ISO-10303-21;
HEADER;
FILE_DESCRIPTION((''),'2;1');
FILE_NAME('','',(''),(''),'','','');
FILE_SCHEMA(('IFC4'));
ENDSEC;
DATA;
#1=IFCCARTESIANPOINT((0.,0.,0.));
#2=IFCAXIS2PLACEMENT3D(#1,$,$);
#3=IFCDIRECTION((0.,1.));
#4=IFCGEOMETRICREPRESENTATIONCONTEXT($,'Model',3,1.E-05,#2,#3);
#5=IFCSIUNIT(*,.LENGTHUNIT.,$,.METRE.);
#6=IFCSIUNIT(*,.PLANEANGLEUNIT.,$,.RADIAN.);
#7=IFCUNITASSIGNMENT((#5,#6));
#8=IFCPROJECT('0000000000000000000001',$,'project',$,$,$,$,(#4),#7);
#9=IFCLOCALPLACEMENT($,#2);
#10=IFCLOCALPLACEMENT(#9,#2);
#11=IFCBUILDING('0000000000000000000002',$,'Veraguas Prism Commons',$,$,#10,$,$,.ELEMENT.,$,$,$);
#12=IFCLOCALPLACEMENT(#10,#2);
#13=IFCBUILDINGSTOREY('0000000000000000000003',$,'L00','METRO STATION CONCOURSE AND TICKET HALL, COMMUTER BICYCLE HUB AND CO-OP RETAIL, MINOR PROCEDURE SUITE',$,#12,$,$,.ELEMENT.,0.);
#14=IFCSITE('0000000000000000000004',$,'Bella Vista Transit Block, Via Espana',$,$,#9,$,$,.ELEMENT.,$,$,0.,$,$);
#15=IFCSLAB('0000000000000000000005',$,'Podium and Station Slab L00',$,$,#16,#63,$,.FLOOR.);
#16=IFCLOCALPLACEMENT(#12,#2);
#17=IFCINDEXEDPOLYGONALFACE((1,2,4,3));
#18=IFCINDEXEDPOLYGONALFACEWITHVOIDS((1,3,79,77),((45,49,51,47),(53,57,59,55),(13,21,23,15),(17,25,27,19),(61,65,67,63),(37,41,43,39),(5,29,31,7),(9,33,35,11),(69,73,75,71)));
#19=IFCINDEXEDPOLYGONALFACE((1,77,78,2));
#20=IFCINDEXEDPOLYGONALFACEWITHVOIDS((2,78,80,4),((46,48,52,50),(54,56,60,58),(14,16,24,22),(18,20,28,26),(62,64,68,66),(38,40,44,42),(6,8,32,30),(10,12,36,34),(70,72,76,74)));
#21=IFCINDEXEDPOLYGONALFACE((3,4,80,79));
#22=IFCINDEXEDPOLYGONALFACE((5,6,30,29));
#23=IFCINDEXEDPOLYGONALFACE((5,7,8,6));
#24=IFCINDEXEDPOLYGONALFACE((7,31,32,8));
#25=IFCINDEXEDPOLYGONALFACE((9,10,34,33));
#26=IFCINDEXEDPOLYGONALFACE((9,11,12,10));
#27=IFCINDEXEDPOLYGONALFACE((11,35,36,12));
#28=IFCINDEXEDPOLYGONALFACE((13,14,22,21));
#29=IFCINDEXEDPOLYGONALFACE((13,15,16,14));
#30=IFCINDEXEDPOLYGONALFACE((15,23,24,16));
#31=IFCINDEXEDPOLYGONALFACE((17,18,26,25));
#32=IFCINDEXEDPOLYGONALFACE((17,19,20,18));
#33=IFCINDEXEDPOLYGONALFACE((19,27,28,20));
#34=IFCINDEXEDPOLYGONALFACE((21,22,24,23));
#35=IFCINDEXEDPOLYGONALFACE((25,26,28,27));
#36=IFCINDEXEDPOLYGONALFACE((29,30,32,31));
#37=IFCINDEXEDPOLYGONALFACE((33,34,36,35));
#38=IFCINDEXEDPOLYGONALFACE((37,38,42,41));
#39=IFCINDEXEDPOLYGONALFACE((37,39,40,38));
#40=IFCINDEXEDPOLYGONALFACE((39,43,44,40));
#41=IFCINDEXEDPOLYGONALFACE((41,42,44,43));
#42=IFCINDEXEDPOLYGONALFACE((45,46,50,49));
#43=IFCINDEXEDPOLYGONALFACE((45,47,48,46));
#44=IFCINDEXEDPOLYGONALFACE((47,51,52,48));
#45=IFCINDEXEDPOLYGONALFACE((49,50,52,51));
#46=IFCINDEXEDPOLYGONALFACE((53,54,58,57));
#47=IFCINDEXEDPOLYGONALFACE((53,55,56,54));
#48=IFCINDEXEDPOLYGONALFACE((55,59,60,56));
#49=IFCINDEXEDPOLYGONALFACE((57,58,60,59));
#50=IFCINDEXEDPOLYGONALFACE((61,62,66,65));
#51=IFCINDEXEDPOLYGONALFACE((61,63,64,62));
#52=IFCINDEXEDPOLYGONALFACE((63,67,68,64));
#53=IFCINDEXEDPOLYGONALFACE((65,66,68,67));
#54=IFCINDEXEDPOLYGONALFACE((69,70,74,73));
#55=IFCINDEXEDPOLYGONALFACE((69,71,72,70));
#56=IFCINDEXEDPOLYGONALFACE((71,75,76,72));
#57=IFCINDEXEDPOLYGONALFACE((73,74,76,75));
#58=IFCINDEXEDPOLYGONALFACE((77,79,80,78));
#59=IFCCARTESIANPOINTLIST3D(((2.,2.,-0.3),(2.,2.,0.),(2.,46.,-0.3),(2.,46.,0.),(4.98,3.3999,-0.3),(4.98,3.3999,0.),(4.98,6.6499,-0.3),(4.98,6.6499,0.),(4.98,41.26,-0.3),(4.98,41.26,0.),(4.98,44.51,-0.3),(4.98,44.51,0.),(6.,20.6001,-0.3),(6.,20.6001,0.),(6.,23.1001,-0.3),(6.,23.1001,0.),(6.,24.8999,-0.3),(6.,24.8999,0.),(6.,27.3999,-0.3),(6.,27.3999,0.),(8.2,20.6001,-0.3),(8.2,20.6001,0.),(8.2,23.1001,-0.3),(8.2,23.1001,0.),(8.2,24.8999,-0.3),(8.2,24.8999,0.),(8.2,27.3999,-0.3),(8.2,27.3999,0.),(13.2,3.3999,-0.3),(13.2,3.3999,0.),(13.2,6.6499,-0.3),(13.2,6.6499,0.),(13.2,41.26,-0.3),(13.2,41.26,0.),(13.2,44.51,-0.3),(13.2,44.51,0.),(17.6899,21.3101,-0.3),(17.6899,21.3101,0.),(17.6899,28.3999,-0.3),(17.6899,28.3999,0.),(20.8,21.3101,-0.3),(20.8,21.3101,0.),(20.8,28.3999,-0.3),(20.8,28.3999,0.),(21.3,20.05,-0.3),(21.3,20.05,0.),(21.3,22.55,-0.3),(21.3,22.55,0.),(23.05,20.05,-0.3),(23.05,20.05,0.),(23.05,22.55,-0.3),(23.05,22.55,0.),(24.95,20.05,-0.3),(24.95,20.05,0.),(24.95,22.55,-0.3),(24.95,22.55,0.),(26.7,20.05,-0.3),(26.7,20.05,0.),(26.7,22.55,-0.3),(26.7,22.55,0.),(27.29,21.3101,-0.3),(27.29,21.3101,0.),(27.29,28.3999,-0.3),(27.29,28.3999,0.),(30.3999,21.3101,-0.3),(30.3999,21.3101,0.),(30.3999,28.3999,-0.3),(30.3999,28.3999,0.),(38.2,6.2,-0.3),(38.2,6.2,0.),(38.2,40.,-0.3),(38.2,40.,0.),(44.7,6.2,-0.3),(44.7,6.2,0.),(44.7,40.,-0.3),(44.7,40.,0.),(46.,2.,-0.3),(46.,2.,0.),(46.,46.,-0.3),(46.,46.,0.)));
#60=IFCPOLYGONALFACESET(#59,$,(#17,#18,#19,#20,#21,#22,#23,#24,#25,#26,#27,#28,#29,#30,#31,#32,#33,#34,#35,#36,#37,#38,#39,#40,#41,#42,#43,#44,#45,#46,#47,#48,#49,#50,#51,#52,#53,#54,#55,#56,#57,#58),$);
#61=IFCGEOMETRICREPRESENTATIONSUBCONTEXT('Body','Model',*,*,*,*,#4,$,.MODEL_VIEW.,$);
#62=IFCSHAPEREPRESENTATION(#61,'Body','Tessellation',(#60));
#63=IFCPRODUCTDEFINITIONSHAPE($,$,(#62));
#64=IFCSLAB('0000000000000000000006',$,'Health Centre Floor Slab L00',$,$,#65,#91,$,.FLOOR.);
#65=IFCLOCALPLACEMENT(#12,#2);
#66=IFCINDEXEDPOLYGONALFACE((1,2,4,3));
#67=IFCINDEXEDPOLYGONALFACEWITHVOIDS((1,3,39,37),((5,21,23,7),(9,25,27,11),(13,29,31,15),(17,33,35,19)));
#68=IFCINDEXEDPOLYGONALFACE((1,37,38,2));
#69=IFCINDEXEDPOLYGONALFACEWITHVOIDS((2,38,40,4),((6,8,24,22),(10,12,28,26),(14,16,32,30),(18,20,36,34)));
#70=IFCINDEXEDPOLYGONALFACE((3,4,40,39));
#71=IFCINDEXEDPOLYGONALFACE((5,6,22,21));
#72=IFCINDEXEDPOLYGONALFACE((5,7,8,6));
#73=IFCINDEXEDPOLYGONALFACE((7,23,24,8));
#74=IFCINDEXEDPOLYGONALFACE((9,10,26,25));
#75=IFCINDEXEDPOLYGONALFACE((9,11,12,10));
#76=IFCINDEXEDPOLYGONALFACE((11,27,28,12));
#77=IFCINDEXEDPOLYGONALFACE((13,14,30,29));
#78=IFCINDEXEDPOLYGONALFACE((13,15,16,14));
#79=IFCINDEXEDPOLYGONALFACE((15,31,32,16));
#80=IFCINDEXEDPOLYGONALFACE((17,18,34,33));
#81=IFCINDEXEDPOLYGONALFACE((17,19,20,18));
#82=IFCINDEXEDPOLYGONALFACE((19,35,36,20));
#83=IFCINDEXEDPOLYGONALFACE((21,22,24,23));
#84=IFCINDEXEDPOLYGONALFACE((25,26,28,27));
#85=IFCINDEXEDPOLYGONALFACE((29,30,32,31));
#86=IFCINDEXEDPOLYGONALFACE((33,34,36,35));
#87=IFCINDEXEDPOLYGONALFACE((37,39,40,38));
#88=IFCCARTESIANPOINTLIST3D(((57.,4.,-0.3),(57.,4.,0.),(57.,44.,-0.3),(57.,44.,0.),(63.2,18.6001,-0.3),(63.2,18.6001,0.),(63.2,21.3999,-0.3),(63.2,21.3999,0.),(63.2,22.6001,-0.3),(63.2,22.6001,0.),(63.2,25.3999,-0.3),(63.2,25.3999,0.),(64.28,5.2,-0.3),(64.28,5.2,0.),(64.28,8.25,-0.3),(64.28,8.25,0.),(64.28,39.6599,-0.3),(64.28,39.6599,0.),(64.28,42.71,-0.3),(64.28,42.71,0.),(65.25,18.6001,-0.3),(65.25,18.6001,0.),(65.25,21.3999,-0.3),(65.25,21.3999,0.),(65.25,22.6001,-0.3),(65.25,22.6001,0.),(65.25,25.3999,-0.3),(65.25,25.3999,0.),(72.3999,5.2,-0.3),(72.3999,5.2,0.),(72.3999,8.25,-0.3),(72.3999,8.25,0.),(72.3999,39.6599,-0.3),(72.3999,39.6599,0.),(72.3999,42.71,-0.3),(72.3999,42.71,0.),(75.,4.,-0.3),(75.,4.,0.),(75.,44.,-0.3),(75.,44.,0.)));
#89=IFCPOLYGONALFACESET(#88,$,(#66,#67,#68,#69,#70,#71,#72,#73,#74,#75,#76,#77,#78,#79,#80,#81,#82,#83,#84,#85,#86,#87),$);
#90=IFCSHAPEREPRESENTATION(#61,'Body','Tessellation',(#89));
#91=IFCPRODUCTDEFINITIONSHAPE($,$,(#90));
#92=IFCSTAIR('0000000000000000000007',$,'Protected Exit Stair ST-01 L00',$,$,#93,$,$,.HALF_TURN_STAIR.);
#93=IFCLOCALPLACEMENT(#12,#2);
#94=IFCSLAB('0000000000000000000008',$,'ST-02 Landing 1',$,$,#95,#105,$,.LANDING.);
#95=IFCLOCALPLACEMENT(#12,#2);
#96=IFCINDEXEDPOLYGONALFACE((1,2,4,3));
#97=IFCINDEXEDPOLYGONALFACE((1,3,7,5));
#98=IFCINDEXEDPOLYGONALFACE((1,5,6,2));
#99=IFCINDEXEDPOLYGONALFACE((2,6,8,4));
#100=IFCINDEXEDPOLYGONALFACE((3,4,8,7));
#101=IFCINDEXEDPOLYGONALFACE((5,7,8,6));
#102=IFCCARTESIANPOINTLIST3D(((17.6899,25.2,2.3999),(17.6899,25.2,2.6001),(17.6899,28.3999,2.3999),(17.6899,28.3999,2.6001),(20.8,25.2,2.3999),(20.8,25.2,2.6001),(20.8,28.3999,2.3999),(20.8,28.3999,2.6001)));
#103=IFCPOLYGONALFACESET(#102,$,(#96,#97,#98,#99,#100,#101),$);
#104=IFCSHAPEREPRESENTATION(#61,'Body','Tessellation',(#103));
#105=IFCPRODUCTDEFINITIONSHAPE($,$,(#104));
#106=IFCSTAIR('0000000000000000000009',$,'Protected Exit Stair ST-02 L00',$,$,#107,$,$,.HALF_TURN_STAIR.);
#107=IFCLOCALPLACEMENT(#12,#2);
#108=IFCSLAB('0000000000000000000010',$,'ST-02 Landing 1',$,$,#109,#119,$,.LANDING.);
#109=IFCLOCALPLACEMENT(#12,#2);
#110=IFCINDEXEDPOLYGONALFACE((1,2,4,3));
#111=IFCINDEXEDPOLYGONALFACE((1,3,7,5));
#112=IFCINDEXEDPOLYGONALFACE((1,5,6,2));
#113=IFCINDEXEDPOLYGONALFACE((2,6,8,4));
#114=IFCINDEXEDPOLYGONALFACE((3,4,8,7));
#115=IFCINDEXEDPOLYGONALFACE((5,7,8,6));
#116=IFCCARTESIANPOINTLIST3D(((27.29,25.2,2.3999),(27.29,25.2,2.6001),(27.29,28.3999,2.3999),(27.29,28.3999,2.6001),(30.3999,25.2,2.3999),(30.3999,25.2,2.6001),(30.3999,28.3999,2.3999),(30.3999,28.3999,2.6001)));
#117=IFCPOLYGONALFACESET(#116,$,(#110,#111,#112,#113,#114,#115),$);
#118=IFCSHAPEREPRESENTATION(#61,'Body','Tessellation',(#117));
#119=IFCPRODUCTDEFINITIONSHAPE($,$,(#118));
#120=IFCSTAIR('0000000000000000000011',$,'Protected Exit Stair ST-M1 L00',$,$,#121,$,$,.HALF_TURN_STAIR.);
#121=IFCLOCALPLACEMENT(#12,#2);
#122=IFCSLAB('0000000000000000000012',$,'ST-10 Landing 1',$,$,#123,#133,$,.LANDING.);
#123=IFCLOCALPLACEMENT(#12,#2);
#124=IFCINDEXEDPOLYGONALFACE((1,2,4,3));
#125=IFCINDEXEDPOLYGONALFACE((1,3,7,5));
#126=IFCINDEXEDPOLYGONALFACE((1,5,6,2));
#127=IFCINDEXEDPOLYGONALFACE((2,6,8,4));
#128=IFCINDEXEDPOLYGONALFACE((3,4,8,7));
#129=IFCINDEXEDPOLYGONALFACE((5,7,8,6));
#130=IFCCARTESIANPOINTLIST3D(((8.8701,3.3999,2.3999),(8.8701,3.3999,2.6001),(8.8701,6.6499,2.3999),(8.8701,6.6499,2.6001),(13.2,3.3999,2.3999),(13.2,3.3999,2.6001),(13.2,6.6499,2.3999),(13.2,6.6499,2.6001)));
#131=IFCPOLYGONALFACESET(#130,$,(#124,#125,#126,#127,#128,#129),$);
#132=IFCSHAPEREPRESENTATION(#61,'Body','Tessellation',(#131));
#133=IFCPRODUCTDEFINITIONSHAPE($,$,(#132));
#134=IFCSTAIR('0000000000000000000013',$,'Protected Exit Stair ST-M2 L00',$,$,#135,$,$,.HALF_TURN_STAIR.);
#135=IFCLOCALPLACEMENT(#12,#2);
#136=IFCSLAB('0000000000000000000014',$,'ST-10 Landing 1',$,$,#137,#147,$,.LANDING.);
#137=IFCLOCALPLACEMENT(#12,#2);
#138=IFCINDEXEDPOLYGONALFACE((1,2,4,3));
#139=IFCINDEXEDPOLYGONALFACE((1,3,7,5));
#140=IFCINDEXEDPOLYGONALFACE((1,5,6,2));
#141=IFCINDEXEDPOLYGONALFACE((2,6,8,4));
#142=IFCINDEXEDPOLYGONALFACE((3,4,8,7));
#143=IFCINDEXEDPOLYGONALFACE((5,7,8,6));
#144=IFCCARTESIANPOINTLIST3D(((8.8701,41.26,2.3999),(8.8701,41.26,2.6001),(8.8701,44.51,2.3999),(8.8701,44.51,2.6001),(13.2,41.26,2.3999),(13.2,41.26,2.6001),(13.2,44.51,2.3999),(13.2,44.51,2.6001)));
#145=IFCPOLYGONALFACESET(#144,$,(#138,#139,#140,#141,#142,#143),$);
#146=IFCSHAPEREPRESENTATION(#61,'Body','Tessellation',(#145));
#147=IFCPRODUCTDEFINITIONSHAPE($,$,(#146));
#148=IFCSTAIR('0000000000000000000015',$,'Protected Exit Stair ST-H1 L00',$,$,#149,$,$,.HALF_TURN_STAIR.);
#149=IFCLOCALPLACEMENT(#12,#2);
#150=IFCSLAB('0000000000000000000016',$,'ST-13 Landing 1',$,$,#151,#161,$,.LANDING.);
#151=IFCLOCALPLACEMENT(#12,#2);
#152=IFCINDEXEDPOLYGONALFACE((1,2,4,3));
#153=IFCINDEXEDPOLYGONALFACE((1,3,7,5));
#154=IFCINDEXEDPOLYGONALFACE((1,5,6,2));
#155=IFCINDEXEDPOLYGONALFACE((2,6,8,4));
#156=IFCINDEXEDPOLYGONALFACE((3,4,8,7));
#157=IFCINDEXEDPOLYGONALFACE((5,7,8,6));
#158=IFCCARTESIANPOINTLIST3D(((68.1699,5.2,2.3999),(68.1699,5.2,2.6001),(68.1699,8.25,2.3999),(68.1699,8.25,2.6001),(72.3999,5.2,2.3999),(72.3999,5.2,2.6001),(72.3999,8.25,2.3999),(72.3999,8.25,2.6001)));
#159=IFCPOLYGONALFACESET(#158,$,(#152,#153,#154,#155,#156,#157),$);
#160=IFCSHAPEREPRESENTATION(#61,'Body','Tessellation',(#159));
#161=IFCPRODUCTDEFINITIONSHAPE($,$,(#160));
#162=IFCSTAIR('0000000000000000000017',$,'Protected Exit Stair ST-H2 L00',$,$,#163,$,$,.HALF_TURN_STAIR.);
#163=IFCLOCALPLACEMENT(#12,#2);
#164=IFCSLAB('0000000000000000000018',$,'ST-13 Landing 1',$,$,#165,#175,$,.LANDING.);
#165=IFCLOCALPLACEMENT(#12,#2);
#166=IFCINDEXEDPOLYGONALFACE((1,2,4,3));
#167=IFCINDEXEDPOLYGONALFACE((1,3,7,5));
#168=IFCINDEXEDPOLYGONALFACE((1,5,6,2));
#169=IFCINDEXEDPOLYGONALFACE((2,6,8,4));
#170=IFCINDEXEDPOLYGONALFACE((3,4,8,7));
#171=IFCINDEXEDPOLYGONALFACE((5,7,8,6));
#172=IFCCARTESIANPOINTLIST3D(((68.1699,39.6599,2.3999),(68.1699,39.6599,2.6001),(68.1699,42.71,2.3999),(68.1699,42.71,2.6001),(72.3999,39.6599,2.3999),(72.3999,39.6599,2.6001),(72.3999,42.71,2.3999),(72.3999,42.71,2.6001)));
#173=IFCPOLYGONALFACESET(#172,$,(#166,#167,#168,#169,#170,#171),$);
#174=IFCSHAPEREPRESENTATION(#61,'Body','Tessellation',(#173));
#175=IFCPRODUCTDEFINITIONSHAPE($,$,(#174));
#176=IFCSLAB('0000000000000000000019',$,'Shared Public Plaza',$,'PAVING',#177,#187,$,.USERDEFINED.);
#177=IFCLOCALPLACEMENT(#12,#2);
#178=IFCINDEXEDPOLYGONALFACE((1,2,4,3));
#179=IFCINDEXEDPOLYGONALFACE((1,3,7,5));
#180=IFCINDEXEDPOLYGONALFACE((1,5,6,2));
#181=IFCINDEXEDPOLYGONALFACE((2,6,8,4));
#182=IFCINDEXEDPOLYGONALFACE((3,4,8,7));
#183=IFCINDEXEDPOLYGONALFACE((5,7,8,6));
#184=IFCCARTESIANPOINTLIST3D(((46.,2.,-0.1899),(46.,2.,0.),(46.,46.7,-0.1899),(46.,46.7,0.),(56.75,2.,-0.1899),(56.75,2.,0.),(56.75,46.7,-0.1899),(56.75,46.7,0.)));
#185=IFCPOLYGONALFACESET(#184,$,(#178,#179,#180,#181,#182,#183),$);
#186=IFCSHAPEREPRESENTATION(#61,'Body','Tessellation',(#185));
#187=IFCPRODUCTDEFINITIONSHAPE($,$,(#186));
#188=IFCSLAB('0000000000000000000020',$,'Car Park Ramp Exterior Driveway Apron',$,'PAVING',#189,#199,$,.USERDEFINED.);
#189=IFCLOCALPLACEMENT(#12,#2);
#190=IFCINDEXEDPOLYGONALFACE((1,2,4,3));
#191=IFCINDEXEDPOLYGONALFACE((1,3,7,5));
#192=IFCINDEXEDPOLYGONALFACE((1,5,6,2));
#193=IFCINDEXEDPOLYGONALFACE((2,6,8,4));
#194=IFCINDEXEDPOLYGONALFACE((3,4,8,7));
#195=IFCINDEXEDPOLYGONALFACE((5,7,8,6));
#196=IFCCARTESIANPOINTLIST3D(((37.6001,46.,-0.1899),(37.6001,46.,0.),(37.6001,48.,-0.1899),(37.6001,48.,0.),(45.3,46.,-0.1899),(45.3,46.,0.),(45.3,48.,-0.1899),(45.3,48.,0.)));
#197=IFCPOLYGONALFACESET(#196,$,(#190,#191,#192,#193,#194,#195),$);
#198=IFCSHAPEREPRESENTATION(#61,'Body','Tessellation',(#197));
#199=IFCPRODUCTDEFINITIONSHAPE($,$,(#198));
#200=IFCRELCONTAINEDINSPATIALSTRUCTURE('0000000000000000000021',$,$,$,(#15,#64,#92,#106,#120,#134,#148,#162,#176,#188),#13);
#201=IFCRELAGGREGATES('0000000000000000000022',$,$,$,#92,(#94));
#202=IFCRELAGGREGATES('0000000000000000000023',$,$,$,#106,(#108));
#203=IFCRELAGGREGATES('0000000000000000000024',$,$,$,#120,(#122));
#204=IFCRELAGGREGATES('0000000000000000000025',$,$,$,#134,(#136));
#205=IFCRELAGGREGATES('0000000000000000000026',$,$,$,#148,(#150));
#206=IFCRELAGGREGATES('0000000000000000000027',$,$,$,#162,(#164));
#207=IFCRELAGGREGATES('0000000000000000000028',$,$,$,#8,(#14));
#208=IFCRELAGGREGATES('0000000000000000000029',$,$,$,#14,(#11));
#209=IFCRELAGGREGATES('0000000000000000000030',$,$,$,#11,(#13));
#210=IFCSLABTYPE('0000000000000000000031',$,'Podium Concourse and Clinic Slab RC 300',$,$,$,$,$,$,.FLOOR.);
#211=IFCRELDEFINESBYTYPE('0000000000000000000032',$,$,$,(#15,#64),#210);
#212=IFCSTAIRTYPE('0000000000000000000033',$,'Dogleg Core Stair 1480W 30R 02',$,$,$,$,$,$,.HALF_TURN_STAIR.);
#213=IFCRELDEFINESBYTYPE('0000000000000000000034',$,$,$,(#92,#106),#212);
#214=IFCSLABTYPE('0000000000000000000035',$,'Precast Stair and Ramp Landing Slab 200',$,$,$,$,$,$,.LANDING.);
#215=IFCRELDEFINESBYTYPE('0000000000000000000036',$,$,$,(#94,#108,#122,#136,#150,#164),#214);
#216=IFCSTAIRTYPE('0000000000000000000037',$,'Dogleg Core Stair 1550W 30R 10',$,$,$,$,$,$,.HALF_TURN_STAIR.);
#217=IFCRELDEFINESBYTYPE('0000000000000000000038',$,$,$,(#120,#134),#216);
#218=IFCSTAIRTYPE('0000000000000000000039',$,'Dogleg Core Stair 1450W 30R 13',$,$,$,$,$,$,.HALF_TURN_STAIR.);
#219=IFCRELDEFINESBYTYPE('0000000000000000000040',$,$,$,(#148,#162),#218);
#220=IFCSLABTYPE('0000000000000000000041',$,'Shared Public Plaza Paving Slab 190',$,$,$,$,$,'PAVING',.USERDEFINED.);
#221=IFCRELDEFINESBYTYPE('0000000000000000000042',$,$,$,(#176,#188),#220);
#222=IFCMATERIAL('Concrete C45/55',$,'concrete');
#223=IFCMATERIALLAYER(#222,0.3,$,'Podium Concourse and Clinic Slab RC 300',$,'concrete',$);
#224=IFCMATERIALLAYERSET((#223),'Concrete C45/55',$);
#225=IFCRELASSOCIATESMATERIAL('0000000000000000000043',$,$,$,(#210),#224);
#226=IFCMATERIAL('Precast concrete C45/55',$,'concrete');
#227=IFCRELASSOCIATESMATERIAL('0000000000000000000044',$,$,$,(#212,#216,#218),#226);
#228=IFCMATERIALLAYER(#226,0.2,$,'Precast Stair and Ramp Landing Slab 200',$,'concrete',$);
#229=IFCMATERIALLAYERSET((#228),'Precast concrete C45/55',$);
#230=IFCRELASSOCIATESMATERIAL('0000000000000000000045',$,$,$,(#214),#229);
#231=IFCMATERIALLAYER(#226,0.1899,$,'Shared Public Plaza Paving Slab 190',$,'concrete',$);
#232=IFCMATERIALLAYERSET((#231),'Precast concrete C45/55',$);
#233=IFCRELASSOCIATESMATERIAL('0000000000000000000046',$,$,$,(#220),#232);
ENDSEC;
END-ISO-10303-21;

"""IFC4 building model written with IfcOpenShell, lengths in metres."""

from ifc_helpers import new_model, si_unit, direction, frame, origin, place, context, subcontext, project, spatial, polyline, outline, extrude, material, layer, layer_set, type_object, element, aggregate, save


model = new_model("IFC4")

# Units and contexts
model_context = context("Model", 3, precision=1e-05, world=origin(), true_north=direction((0.0, 1.0)))
body_context = subcontext(model_context, "Body", "Model", "MODEL_VIEW")
ifc_project = project(units=[si_unit("LENGTHUNIT", "METRE"), si_unit("PLANEANGLEUNIT", "RADIAN")], contexts=[model_context])

# Site, building, storey
site_placement = place(None, origin())
site = spatial("IfcSite", under=ifc_project, at=site_placement, Name="Bella Vista Transit Block, Via Espana", CompositionType="ELEMENT", RefElevation=0.0)
building_placement = place(site_placement, origin())
building = spatial("IfcBuilding", under=site, at=building_placement, Name="Veraguas Prism Commons", CompositionType="ELEMENT")
storey_placement = place(building_placement, origin())
storey = spatial("IfcBuildingStorey", under=building, at=storey_placement, Name="L00", Description="METRO STATION CONCOURSE AND TICKET HALL, COMMUTER BICYCLE HUB AND CO-OP RETAIL, MINOR PROCEDURE SUITE", CompositionType="ELEMENT", Elevation=0.0)

# Slabs
ifc_material_1 = material(Name="Concrete C45/55", Category="concrete")
ifc_layer_1 = layer(ifc_material_1, 0.3, Name="Podium Concourse and Clinic Slab RC 300", Category="concrete")
ifc_layer_set_1 = layer_set([ifc_layer_1], Name="Concrete C45/55")
slab_type_1 = type_object("IfcSlabType", Name="Podium Concourse and Clinic Slab RC 300", PredefinedType="FLOOR", material=ifc_layer_set_1)
slab_1_placement = place(storey_placement, frame((0.0, 0.0, -0.3)))
element("IfcSlab", 1, at=slab_1_placement, inside=storey, type_object=slab_type_1, Name="Podium and Station Slab L00", PredefinedType="FLOOR", context=body_context, shape_type="SweptSolid", body=[
    extrude(outline(polyline([(2.0, 2.0), (46.0, 2.0), (46.0, 46.0), (2.0, 46.0), (2.0, 2.0)]), holes=[polyline([(20.8, 21.3101), (20.8, 28.3999), (17.6899, 28.3999), (17.6899, 21.3101), (20.8, 21.3101)]), polyline([(30.3999, 21.3101), (30.3999, 28.3999), (27.29, 28.3999), (27.29, 21.3101), (30.3999, 21.3101)]), polyline([(4.98, 3.3999), (13.2, 3.3999), (13.2, 6.6499), (4.98, 6.6499), (4.98, 3.3999)]), polyline([(4.98, 41.26), (13.2, 41.26), (13.2, 44.51), (4.98, 44.51), (4.98, 41.26)]), polyline([(21.3, 20.05), (23.05, 20.05), (23.05, 22.55), (21.3, 22.55), (21.3, 20.05)]), polyline([(24.95, 20.05), (26.7, 20.05), (26.7, 22.55), (24.95, 22.55), (24.95, 20.05)]), polyline([(6.0, 20.6001), (8.2, 20.6001), (8.2, 23.1001), (6.0, 23.1001), (6.0, 20.6001)]), polyline([(6.0, 24.8999), (8.2, 24.8999), (8.2, 27.3999), (6.0, 27.3999), (6.0, 24.8999)]), polyline([(38.2, 6.2), (44.7, 6.2), (44.7, 40.0), (38.2, 40.0), (38.2, 6.2)])]), origin(), (0.0, 0.0, 1.0), 0.3),
])
slab_2_placement = place(storey_placement, frame((0.0, 0.0, -0.3)))
element("IfcSlab", 2, at=slab_2_placement, inside=storey, type_object=slab_type_1, Name="Health Centre Floor Slab L00", PredefinedType="FLOOR", context=body_context, shape_type="SweptSolid", body=[
    extrude(outline(polyline([(57.0, 4.0), (75.0, 4.0), (75.0, 44.0), (57.0, 44.0), (57.0, 4.0)]), holes=[polyline([(64.28, 5.2), (72.3999, 5.2), (72.3999, 8.25), (64.28, 8.25), (64.28, 5.2)]), polyline([(64.28, 39.6599), (72.3999, 39.6599), (72.3999, 42.71), (64.28, 42.71), (64.28, 39.6599)]), polyline([(63.2, 18.6001), (65.25, 18.6001), (65.25, 21.3999), (63.2, 21.3999), (63.2, 18.6001)]), polyline([(63.2, 22.6001), (65.25, 22.6001), (65.25, 25.3999), (63.2, 25.3999), (63.2, 22.6001)])]), origin(), (0.0, 0.0, 1.0), 0.3),
])

# Stairs, slabs
ifc_material_2 = material(Name="Precast concrete C45/55", Category="concrete")
stair_type_1 = type_object("IfcStairType", Name="Dogleg Core Stair 1480W 30R 02", PredefinedType="HALF_TURN_STAIR", material=ifc_material_2)
stair_1_placement = place(storey_placement, origin())
stair_1 = element("IfcStair", 3, at=stair_1_placement, inside=storey, type_object=stair_type_1, Name="Protected Exit Stair ST-01 L00", PredefinedType="HALF_TURN_STAIR")
ifc_layer_2 = layer(ifc_material_2, 0.2, Name="Precast Stair and Ramp Landing Slab 200", Category="concrete")
ifc_layer_set_2 = layer_set([ifc_layer_2], Name="Precast concrete C45/55")
slab_type_2 = type_object("IfcSlabType", Name="Precast Stair and Ramp Landing Slab 200", PredefinedType="LANDING", material=ifc_layer_set_2)
slab_3_placement = place(storey_placement, frame((0.0, 0.0, 2.3999)))
slab_3 = element("IfcSlab", 4, at=slab_3_placement, type_object=slab_type_2, Name="ST-02 Landing 1", PredefinedType="LANDING", context=body_context, shape_type="SweptSolid", body=[
    extrude(outline(polyline([(20.8, 25.2), (20.8, 28.3999), (17.6899, 28.3999), (17.6899, 25.2), (20.8, 25.2)])), origin(), (0.0, 0.0, 1.0), 0.2002),
])
aggregate(stair_1, [slab_3])
stair_2_placement = place(storey_placement, origin())
stair_2 = element("IfcStair", 5, at=stair_2_placement, inside=storey, type_object=stair_type_1, Name="Protected Exit Stair ST-02 L00", PredefinedType="HALF_TURN_STAIR")
slab_4_placement = place(storey_placement, frame((0.0, 0.0, 2.3999)))
slab_4 = element("IfcSlab", 6, at=slab_4_placement, type_object=slab_type_2, Name="ST-02 Landing 1", PredefinedType="LANDING", context=body_context, shape_type="SweptSolid", body=[
    extrude(outline(polyline([(30.3999, 25.2), (30.3999, 28.3999), (27.29, 28.3999), (27.29, 25.2), (30.3999, 25.2)])), origin(), (0.0, 0.0, 1.0), 0.2002),
])
aggregate(stair_2, [slab_4])
stair_type_2 = type_object("IfcStairType", Name="Dogleg Core Stair 1550W 30R 10", PredefinedType="HALF_TURN_STAIR", material=ifc_material_2)
stair_3_placement = place(storey_placement, origin())
stair_3 = element("IfcStair", 7, at=stair_3_placement, inside=storey, type_object=stair_type_2, Name="Protected Exit Stair ST-M1 L00", PredefinedType="HALF_TURN_STAIR")
slab_5_placement = place(storey_placement, frame((0.0, 0.0, 2.3999)))
slab_5 = element("IfcSlab", 8, at=slab_5_placement, type_object=slab_type_2, Name="ST-10 Landing 1", PredefinedType="LANDING", context=body_context, shape_type="SweptSolid", body=[
    extrude(outline(polyline([(8.8701, 3.3999), (13.2, 3.3999), (13.2, 6.6499), (8.8701, 6.6499), (8.8701, 3.3999)])), origin(), (0.0, 0.0, 1.0), 0.2002),
])
aggregate(stair_3, [slab_5])
stair_4_placement = place(storey_placement, origin())
stair_4 = element("IfcStair", 9, at=stair_4_placement, inside=storey, type_object=stair_type_2, Name="Protected Exit Stair ST-M2 L00", PredefinedType="HALF_TURN_STAIR")
slab_6_placement = place(storey_placement, frame((0.0, 0.0, 2.3999)))
slab_6 = element("IfcSlab", 10, at=slab_6_placement, type_object=slab_type_2, Name="ST-10 Landing 1", PredefinedType="LANDING", context=body_context, shape_type="SweptSolid", body=[
    extrude(outline(polyline([(8.8701, 41.26), (13.2, 41.26), (13.2, 44.51), (8.8701, 44.51), (8.8701, 41.26)])), origin(), (0.0, 0.0, 1.0), 0.2002),
])
aggregate(stair_4, [slab_6])
stair_type_3 = type_object("IfcStairType", Name="Dogleg Core Stair 1450W 30R 13", PredefinedType="HALF_TURN_STAIR", material=ifc_material_2)
stair_5_placement = place(storey_placement, origin())
stair_5 = element("IfcStair", 11, at=stair_5_placement, inside=storey, type_object=stair_type_3, Name="Protected Exit Stair ST-H1 L00", PredefinedType="HALF_TURN_STAIR")
slab_7_placement = place(storey_placement, frame((0.0, 0.0, 2.3999)))
slab_7 = element("IfcSlab", 12, at=slab_7_placement, type_object=slab_type_2, Name="ST-13 Landing 1", PredefinedType="LANDING", context=body_context, shape_type="SweptSolid", body=[
    extrude(outline(polyline([(68.1699, 5.2), (72.3999, 5.2), (72.3999, 8.25), (68.1699, 8.25), (68.1699, 5.2)])), origin(), (0.0, 0.0, 1.0), 0.2002),
])
aggregate(stair_5, [slab_7])
stair_6_placement = place(storey_placement, origin())
stair_6 = element("IfcStair", 13, at=stair_6_placement, inside=storey, type_object=stair_type_3, Name="Protected Exit Stair ST-H2 L00", PredefinedType="HALF_TURN_STAIR")
slab_8_placement = place(storey_placement, frame((0.0, 0.0, 2.3999)))
slab_8 = element("IfcSlab", 14, at=slab_8_placement, type_object=slab_type_2, Name="ST-13 Landing 1", PredefinedType="LANDING", context=body_context, shape_type="SweptSolid", body=[
    extrude(outline(polyline([(68.1699, 39.6599), (72.3999, 39.6599), (72.3999, 42.71), (68.1699, 42.71), (68.1699, 39.6599)])), origin(), (0.0, 0.0, 1.0), 0.2002),
])
aggregate(stair_6, [slab_8])

# Slabs
ifc_layer_3 = layer(ifc_material_2, 0.1899, Name="Shared Public Plaza Paving Slab 190", Category="concrete")
ifc_layer_set_3 = layer_set([ifc_layer_3], Name="Precast concrete C45/55")
slab_type_3 = type_object("IfcSlabType", Name="Shared Public Plaza Paving Slab 190", ElementType="PAVING", PredefinedType="USERDEFINED", material=ifc_layer_set_3)
slab_9_placement = place(storey_placement, frame((0.0, 0.0, -0.1899)))
element("IfcSlab", 15, at=slab_9_placement, inside=storey, type_object=slab_type_3, Name="Shared Public Plaza", ObjectType="PAVING", PredefinedType="USERDEFINED", context=body_context, shape_type="SweptSolid", body=[
    extrude(outline(polyline([(46.0, 2.0), (56.75, 2.0), (56.75, 46.7), (46.0, 46.7), (46.0, 2.0)])), origin(), (0.0, 0.0, 1.0), 0.1899),
])
slab_10_placement = place(storey_placement, frame((0.0, 0.0, -0.1899)))
element("IfcSlab", 16, at=slab_10_placement, inside=storey, type_object=slab_type_3, Name="Car Park Ramp Exterior Driveway Apron", ObjectType="PAVING", PredefinedType="USERDEFINED", context=body_context, shape_type="SweptSolid", body=[
    extrude(outline(polyline([(37.6001, 46.0), (45.3, 46.0), (45.3, 48.0), (37.6001, 48.0), (37.6001, 46.0)])), origin(), (0.0, 0.0, 1.0), 0.1899),
])

save(model, "model.ifc")
